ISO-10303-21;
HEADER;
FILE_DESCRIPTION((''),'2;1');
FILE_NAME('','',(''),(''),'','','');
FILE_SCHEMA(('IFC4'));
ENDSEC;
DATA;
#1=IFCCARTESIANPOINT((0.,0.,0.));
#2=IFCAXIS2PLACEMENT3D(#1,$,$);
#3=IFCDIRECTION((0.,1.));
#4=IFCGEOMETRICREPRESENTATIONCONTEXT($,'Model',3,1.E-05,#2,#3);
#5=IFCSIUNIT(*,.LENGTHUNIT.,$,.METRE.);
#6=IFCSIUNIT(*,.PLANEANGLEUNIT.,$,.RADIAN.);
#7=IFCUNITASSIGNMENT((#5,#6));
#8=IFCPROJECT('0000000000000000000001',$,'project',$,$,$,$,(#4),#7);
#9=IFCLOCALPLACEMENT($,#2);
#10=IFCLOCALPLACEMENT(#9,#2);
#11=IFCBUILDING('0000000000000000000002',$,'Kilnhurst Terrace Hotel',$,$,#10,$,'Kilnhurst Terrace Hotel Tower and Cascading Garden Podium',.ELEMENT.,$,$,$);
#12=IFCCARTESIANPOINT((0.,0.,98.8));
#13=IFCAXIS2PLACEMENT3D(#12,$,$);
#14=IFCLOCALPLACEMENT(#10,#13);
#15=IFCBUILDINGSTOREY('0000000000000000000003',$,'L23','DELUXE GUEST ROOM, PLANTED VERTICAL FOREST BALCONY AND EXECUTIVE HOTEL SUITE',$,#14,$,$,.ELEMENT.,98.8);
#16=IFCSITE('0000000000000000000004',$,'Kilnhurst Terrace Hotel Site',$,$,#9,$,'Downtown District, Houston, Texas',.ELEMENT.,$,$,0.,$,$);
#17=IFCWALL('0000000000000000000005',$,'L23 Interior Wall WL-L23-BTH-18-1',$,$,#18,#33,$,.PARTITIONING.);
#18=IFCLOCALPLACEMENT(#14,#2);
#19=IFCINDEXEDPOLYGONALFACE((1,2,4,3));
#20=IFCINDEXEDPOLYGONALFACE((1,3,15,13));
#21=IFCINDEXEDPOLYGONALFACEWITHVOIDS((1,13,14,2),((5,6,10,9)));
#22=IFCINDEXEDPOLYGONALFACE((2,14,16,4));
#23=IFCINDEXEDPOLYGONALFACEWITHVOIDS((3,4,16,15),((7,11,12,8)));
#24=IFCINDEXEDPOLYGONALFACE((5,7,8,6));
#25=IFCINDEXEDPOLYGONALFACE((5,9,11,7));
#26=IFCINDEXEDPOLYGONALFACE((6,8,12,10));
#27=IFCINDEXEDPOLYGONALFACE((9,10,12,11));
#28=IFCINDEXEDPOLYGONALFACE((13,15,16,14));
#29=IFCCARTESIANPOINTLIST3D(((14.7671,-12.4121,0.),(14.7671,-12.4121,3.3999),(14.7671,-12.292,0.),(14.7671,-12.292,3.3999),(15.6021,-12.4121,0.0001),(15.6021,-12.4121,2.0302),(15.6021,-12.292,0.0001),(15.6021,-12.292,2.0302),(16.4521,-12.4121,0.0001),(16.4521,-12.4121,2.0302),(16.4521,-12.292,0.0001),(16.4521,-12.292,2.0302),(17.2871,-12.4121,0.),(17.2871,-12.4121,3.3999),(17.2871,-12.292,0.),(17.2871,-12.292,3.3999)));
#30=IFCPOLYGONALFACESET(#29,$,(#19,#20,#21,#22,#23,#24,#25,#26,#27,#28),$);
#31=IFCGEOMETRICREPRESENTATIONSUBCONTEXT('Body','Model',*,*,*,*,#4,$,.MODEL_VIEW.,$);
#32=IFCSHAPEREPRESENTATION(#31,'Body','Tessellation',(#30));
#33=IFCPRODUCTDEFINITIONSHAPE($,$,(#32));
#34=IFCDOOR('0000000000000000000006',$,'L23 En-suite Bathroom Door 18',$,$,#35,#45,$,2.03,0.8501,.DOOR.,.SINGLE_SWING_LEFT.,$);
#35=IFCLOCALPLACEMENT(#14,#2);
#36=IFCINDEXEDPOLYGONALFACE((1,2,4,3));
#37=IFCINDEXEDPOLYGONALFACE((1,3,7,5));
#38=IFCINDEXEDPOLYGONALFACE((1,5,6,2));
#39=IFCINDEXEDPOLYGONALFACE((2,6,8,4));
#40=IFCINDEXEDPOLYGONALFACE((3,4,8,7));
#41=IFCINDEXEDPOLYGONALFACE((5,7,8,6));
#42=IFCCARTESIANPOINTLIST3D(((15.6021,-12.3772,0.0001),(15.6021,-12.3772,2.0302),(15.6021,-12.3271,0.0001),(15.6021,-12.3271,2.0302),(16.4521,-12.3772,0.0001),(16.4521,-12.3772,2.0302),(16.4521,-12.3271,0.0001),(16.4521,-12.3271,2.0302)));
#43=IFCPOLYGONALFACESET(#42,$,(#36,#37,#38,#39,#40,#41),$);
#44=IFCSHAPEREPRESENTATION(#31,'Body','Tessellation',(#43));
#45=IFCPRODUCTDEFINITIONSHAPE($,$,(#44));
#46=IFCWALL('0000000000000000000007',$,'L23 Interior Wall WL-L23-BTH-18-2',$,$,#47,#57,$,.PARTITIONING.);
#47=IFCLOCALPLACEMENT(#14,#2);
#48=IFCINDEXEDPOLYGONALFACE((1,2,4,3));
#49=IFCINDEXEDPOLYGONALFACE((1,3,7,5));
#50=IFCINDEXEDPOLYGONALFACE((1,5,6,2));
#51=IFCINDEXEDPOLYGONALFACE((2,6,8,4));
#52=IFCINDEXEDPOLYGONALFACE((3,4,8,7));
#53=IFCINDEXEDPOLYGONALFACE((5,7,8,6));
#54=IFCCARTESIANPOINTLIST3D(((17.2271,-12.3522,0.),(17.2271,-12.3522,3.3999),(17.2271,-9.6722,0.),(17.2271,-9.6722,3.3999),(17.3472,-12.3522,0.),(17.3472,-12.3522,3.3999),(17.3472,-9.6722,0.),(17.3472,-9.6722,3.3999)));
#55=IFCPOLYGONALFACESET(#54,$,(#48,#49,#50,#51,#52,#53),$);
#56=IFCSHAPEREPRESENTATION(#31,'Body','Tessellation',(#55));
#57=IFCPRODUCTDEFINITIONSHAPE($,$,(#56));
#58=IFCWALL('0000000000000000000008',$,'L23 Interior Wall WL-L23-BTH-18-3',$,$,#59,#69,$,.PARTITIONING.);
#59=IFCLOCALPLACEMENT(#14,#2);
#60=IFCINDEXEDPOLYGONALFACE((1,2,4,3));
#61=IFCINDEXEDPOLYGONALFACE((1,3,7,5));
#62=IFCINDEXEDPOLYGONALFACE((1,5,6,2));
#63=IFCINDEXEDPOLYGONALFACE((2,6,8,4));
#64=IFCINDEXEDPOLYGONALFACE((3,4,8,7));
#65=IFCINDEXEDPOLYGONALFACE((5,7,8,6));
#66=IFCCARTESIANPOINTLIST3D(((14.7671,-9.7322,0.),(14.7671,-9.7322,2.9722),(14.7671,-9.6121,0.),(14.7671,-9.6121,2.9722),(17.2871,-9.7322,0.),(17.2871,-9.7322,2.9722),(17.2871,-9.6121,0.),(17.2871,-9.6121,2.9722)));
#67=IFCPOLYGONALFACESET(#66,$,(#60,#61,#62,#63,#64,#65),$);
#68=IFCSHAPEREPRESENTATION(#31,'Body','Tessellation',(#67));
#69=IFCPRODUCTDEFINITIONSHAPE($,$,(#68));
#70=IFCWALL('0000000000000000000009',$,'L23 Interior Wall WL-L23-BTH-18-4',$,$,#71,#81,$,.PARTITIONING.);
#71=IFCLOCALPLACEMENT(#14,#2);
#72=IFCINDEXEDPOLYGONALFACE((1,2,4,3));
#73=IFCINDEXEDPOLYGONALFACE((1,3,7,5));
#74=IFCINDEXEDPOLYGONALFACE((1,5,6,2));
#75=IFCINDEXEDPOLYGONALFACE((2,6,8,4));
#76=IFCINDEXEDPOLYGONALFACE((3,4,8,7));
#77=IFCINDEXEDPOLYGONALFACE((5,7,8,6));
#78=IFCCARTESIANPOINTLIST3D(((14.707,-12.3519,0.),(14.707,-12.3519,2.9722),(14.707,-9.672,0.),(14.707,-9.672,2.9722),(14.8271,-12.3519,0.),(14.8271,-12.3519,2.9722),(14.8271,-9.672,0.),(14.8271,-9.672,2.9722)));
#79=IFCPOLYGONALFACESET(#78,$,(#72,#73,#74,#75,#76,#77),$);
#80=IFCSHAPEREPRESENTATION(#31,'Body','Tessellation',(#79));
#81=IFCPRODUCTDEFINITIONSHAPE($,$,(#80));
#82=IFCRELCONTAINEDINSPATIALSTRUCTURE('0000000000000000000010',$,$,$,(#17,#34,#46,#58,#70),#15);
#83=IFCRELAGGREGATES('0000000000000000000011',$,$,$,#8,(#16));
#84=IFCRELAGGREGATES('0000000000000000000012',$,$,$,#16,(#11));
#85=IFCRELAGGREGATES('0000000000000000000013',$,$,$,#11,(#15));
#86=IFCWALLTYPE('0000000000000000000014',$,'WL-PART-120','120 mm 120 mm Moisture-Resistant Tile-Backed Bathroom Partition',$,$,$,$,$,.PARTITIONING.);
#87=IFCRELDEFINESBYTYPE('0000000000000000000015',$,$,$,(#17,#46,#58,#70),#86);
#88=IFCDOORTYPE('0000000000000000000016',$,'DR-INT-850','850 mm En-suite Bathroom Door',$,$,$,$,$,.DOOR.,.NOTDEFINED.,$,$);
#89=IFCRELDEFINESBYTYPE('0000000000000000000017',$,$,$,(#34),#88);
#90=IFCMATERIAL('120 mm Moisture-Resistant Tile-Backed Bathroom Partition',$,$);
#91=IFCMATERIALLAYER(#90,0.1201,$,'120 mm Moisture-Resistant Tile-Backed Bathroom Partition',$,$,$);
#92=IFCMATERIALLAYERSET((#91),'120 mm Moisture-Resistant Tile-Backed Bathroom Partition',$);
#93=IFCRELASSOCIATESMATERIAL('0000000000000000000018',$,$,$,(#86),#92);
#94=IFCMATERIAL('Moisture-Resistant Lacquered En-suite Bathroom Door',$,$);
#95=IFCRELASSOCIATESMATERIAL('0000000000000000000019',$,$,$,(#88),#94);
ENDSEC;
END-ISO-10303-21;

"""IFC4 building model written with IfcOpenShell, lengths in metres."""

from ifc_helpers import new_model, si_unit, direction, frame, frame_2d, origin, place, context, subcontext, project, spatial, rectangle, extrude, material, layer, layer_set, type_object, element, fill, save


model = new_model("IFC4")

# Units and contexts
model_context = context("Model", 3, precision=1e-05, world=origin(), true_north=direction((0.0, 1.0)))
body_context = subcontext(model_context, "Body", "Model", "MODEL_VIEW")
ifc_project = project(units=[si_unit("LENGTHUNIT", "METRE"), si_unit("PLANEANGLEUNIT", "RADIAN")], contexts=[model_context])

# Site, building, storey
site_placement = place(None, origin())
site = spatial("IfcSite", under=ifc_project, at=site_placement, Name="Kilnhurst Terrace Hotel Site", LongName="Downtown District, Houston, Texas", CompositionType="ELEMENT", RefElevation=0.0)
building_placement = place(site_placement, origin())
building = spatial("IfcBuilding", under=site, at=building_placement, Name="Kilnhurst Terrace Hotel", LongName="Kilnhurst Terrace Hotel Tower and Cascading Garden Podium", CompositionType="ELEMENT")
storey_placement = place(building_placement, frame((0.0, 0.0, 98.8)))
storey = spatial("IfcBuildingStorey", under=building, at=storey_placement, Name="L23", Description="DELUXE GUEST ROOM, PLANTED VERTICAL FOREST BALCONY AND EXECUTIVE HOTEL SUITE", CompositionType="ELEMENT", Elevation=98.8)

# Shared definitions
ifc_material_1 = material(Name="120 mm Moisture-Resistant Tile-Backed Bathroom Partition")
ifc_layer_1 = layer(ifc_material_1, 0.1201, Name="120 mm Moisture-Resistant Tile-Backed Bathroom Partition")
ifc_layer_set_1 = layer_set([ifc_layer_1], Name="120 mm Moisture-Resistant Tile-Backed Bathroom Partition")
wall_type_1 = type_object("IfcWallType", Name="WL-PART-120", Description="120 mm 120 mm Moisture-Resistant Tile-Backed Bathroom Partition", PredefinedType="PARTITIONING", material=ifc_layer_set_1)

# Wall, opening, door
wall_1_placement = place(storey_placement, frame((14.7671, -12.3521, 0.0), z_axis=(0.0, 0.0, 1.0), x_axis=(1.0, 0.0, 0.0)))
wall_1 = element("IfcWall", 1, at=wall_1_placement, inside=storey, type_object=wall_type_1, Name="L23 Interior Wall WL-L23-BTH-18-1", PredefinedType="PARTITIONING", context=body_context, shape_type="SweptSolid", body=[
    extrude(rectangle(XDim=2.52, YDim=0.1201, at=frame_2d((1.26, 0.0))), origin(), (0.0, 0.0, 1.0), 3.3999),
])
opening_1_placement = place(wall_1_placement, frame((0.835, 0.0, 0.0)))
opening_1 = element("IfcOpeningElement", 2, at=opening_1_placement, cuts=wall_1, PredefinedType="OPENING", context=body_context, shape_type="SweptSolid", body=[
    extrude(rectangle(XDim=0.8501, YDim=2.03, at=frame_2d((0.425, 1.0151))), frame((0.0, 0.0701, 0.0), z_axis=(0.0, -1.0, 0.0), x_axis=(1.0, 0.0, 0.0)), (0.0, 0.0, 1.0), 0.1401),
])
ifc_material_2 = material(Name="Moisture-Resistant Lacquered En-suite Bathroom Door")
door_type_1 = type_object("IfcDoorType", Name="DR-INT-850", Description="850 mm En-suite Bathroom Door", OperationType="NOTDEFINED", PredefinedType="DOOR", material=ifc_material_2)
door_1_placement = place(opening_1_placement, origin())
door_1 = element("IfcDoor", 3, at=door_1_placement, inside=storey, type_object=door_type_1, Name="L23 En-suite Bathroom Door 18", OperationType="SINGLE_SWING_LEFT", OverallHeight=2.03, OverallWidth=0.8501, PredefinedType="DOOR", context=body_context, shape_type="SweptSolid", body=[
    extrude(rectangle(XDim=0.8501, YDim=2.03, at=frame_2d((0.425, 1.0151))), frame((0.0, 0.0249, 0.0), z_axis=(0.0, -1.0, 0.0), x_axis=(1.0, 0.0, 0.0)), (0.0, 0.0, 1.0), 0.05),
])
fill(opening_1, door_1)

# Walls
wall_2_placement = place(storey_placement, frame((17.2871, -12.3521, 0.0), z_axis=(0.0, 0.0, 1.0), x_axis=(0.0, 1.0, 0.0)))
element("IfcWall", 4, at=wall_2_placement, inside=storey, type_object=wall_type_1, Name="L23 Interior Wall WL-L23-BTH-18-2", PredefinedType="PARTITIONING", context=body_context, shape_type="SweptSolid", body=[
    extrude(rectangle(XDim=2.6799, YDim=0.1201, at=frame_2d((1.3398, 0.0))), origin(), (0.0, 0.0, 1.0), 3.3999),
])
wall_3_placement = place(storey_placement, frame((17.2871, -9.6721, 0.0), z_axis=(0.0, 0.0, 1.0), x_axis=(-1.0, 0.0, 0.0)))
element("IfcWall", 5, at=wall_3_placement, inside=storey, type_object=wall_type_1, Name="L23 Interior Wall WL-L23-BTH-18-3", PredefinedType="PARTITIONING", context=body_context, shape_type="SweptSolid", body=[
    extrude(rectangle(XDim=2.52, YDim=0.1201, at=frame_2d((1.26, 0.0))), origin(), (0.0, 0.0, 1.0), 2.9722),
])
wall_4_placement = place(storey_placement, frame((14.7671, -9.6721, 0.0), z_axis=(0.0, 0.0, 1.0), x_axis=(0.0, -1.0, 0.0)))
element("IfcWall", 6, at=wall_4_placement, inside=storey, type_object=wall_type_1, Name="L23 Interior Wall WL-L23-BTH-18-4", PredefinedType="PARTITIONING", context=body_context, shape_type="SweptSolid", body=[
    extrude(rectangle(XDim=2.6799, YDim=0.1201, at=frame_2d((1.3398, 0.0))), origin(), (0.0, 0.0, 1.0), 2.9722),
])

save(model, "model.ifc")
